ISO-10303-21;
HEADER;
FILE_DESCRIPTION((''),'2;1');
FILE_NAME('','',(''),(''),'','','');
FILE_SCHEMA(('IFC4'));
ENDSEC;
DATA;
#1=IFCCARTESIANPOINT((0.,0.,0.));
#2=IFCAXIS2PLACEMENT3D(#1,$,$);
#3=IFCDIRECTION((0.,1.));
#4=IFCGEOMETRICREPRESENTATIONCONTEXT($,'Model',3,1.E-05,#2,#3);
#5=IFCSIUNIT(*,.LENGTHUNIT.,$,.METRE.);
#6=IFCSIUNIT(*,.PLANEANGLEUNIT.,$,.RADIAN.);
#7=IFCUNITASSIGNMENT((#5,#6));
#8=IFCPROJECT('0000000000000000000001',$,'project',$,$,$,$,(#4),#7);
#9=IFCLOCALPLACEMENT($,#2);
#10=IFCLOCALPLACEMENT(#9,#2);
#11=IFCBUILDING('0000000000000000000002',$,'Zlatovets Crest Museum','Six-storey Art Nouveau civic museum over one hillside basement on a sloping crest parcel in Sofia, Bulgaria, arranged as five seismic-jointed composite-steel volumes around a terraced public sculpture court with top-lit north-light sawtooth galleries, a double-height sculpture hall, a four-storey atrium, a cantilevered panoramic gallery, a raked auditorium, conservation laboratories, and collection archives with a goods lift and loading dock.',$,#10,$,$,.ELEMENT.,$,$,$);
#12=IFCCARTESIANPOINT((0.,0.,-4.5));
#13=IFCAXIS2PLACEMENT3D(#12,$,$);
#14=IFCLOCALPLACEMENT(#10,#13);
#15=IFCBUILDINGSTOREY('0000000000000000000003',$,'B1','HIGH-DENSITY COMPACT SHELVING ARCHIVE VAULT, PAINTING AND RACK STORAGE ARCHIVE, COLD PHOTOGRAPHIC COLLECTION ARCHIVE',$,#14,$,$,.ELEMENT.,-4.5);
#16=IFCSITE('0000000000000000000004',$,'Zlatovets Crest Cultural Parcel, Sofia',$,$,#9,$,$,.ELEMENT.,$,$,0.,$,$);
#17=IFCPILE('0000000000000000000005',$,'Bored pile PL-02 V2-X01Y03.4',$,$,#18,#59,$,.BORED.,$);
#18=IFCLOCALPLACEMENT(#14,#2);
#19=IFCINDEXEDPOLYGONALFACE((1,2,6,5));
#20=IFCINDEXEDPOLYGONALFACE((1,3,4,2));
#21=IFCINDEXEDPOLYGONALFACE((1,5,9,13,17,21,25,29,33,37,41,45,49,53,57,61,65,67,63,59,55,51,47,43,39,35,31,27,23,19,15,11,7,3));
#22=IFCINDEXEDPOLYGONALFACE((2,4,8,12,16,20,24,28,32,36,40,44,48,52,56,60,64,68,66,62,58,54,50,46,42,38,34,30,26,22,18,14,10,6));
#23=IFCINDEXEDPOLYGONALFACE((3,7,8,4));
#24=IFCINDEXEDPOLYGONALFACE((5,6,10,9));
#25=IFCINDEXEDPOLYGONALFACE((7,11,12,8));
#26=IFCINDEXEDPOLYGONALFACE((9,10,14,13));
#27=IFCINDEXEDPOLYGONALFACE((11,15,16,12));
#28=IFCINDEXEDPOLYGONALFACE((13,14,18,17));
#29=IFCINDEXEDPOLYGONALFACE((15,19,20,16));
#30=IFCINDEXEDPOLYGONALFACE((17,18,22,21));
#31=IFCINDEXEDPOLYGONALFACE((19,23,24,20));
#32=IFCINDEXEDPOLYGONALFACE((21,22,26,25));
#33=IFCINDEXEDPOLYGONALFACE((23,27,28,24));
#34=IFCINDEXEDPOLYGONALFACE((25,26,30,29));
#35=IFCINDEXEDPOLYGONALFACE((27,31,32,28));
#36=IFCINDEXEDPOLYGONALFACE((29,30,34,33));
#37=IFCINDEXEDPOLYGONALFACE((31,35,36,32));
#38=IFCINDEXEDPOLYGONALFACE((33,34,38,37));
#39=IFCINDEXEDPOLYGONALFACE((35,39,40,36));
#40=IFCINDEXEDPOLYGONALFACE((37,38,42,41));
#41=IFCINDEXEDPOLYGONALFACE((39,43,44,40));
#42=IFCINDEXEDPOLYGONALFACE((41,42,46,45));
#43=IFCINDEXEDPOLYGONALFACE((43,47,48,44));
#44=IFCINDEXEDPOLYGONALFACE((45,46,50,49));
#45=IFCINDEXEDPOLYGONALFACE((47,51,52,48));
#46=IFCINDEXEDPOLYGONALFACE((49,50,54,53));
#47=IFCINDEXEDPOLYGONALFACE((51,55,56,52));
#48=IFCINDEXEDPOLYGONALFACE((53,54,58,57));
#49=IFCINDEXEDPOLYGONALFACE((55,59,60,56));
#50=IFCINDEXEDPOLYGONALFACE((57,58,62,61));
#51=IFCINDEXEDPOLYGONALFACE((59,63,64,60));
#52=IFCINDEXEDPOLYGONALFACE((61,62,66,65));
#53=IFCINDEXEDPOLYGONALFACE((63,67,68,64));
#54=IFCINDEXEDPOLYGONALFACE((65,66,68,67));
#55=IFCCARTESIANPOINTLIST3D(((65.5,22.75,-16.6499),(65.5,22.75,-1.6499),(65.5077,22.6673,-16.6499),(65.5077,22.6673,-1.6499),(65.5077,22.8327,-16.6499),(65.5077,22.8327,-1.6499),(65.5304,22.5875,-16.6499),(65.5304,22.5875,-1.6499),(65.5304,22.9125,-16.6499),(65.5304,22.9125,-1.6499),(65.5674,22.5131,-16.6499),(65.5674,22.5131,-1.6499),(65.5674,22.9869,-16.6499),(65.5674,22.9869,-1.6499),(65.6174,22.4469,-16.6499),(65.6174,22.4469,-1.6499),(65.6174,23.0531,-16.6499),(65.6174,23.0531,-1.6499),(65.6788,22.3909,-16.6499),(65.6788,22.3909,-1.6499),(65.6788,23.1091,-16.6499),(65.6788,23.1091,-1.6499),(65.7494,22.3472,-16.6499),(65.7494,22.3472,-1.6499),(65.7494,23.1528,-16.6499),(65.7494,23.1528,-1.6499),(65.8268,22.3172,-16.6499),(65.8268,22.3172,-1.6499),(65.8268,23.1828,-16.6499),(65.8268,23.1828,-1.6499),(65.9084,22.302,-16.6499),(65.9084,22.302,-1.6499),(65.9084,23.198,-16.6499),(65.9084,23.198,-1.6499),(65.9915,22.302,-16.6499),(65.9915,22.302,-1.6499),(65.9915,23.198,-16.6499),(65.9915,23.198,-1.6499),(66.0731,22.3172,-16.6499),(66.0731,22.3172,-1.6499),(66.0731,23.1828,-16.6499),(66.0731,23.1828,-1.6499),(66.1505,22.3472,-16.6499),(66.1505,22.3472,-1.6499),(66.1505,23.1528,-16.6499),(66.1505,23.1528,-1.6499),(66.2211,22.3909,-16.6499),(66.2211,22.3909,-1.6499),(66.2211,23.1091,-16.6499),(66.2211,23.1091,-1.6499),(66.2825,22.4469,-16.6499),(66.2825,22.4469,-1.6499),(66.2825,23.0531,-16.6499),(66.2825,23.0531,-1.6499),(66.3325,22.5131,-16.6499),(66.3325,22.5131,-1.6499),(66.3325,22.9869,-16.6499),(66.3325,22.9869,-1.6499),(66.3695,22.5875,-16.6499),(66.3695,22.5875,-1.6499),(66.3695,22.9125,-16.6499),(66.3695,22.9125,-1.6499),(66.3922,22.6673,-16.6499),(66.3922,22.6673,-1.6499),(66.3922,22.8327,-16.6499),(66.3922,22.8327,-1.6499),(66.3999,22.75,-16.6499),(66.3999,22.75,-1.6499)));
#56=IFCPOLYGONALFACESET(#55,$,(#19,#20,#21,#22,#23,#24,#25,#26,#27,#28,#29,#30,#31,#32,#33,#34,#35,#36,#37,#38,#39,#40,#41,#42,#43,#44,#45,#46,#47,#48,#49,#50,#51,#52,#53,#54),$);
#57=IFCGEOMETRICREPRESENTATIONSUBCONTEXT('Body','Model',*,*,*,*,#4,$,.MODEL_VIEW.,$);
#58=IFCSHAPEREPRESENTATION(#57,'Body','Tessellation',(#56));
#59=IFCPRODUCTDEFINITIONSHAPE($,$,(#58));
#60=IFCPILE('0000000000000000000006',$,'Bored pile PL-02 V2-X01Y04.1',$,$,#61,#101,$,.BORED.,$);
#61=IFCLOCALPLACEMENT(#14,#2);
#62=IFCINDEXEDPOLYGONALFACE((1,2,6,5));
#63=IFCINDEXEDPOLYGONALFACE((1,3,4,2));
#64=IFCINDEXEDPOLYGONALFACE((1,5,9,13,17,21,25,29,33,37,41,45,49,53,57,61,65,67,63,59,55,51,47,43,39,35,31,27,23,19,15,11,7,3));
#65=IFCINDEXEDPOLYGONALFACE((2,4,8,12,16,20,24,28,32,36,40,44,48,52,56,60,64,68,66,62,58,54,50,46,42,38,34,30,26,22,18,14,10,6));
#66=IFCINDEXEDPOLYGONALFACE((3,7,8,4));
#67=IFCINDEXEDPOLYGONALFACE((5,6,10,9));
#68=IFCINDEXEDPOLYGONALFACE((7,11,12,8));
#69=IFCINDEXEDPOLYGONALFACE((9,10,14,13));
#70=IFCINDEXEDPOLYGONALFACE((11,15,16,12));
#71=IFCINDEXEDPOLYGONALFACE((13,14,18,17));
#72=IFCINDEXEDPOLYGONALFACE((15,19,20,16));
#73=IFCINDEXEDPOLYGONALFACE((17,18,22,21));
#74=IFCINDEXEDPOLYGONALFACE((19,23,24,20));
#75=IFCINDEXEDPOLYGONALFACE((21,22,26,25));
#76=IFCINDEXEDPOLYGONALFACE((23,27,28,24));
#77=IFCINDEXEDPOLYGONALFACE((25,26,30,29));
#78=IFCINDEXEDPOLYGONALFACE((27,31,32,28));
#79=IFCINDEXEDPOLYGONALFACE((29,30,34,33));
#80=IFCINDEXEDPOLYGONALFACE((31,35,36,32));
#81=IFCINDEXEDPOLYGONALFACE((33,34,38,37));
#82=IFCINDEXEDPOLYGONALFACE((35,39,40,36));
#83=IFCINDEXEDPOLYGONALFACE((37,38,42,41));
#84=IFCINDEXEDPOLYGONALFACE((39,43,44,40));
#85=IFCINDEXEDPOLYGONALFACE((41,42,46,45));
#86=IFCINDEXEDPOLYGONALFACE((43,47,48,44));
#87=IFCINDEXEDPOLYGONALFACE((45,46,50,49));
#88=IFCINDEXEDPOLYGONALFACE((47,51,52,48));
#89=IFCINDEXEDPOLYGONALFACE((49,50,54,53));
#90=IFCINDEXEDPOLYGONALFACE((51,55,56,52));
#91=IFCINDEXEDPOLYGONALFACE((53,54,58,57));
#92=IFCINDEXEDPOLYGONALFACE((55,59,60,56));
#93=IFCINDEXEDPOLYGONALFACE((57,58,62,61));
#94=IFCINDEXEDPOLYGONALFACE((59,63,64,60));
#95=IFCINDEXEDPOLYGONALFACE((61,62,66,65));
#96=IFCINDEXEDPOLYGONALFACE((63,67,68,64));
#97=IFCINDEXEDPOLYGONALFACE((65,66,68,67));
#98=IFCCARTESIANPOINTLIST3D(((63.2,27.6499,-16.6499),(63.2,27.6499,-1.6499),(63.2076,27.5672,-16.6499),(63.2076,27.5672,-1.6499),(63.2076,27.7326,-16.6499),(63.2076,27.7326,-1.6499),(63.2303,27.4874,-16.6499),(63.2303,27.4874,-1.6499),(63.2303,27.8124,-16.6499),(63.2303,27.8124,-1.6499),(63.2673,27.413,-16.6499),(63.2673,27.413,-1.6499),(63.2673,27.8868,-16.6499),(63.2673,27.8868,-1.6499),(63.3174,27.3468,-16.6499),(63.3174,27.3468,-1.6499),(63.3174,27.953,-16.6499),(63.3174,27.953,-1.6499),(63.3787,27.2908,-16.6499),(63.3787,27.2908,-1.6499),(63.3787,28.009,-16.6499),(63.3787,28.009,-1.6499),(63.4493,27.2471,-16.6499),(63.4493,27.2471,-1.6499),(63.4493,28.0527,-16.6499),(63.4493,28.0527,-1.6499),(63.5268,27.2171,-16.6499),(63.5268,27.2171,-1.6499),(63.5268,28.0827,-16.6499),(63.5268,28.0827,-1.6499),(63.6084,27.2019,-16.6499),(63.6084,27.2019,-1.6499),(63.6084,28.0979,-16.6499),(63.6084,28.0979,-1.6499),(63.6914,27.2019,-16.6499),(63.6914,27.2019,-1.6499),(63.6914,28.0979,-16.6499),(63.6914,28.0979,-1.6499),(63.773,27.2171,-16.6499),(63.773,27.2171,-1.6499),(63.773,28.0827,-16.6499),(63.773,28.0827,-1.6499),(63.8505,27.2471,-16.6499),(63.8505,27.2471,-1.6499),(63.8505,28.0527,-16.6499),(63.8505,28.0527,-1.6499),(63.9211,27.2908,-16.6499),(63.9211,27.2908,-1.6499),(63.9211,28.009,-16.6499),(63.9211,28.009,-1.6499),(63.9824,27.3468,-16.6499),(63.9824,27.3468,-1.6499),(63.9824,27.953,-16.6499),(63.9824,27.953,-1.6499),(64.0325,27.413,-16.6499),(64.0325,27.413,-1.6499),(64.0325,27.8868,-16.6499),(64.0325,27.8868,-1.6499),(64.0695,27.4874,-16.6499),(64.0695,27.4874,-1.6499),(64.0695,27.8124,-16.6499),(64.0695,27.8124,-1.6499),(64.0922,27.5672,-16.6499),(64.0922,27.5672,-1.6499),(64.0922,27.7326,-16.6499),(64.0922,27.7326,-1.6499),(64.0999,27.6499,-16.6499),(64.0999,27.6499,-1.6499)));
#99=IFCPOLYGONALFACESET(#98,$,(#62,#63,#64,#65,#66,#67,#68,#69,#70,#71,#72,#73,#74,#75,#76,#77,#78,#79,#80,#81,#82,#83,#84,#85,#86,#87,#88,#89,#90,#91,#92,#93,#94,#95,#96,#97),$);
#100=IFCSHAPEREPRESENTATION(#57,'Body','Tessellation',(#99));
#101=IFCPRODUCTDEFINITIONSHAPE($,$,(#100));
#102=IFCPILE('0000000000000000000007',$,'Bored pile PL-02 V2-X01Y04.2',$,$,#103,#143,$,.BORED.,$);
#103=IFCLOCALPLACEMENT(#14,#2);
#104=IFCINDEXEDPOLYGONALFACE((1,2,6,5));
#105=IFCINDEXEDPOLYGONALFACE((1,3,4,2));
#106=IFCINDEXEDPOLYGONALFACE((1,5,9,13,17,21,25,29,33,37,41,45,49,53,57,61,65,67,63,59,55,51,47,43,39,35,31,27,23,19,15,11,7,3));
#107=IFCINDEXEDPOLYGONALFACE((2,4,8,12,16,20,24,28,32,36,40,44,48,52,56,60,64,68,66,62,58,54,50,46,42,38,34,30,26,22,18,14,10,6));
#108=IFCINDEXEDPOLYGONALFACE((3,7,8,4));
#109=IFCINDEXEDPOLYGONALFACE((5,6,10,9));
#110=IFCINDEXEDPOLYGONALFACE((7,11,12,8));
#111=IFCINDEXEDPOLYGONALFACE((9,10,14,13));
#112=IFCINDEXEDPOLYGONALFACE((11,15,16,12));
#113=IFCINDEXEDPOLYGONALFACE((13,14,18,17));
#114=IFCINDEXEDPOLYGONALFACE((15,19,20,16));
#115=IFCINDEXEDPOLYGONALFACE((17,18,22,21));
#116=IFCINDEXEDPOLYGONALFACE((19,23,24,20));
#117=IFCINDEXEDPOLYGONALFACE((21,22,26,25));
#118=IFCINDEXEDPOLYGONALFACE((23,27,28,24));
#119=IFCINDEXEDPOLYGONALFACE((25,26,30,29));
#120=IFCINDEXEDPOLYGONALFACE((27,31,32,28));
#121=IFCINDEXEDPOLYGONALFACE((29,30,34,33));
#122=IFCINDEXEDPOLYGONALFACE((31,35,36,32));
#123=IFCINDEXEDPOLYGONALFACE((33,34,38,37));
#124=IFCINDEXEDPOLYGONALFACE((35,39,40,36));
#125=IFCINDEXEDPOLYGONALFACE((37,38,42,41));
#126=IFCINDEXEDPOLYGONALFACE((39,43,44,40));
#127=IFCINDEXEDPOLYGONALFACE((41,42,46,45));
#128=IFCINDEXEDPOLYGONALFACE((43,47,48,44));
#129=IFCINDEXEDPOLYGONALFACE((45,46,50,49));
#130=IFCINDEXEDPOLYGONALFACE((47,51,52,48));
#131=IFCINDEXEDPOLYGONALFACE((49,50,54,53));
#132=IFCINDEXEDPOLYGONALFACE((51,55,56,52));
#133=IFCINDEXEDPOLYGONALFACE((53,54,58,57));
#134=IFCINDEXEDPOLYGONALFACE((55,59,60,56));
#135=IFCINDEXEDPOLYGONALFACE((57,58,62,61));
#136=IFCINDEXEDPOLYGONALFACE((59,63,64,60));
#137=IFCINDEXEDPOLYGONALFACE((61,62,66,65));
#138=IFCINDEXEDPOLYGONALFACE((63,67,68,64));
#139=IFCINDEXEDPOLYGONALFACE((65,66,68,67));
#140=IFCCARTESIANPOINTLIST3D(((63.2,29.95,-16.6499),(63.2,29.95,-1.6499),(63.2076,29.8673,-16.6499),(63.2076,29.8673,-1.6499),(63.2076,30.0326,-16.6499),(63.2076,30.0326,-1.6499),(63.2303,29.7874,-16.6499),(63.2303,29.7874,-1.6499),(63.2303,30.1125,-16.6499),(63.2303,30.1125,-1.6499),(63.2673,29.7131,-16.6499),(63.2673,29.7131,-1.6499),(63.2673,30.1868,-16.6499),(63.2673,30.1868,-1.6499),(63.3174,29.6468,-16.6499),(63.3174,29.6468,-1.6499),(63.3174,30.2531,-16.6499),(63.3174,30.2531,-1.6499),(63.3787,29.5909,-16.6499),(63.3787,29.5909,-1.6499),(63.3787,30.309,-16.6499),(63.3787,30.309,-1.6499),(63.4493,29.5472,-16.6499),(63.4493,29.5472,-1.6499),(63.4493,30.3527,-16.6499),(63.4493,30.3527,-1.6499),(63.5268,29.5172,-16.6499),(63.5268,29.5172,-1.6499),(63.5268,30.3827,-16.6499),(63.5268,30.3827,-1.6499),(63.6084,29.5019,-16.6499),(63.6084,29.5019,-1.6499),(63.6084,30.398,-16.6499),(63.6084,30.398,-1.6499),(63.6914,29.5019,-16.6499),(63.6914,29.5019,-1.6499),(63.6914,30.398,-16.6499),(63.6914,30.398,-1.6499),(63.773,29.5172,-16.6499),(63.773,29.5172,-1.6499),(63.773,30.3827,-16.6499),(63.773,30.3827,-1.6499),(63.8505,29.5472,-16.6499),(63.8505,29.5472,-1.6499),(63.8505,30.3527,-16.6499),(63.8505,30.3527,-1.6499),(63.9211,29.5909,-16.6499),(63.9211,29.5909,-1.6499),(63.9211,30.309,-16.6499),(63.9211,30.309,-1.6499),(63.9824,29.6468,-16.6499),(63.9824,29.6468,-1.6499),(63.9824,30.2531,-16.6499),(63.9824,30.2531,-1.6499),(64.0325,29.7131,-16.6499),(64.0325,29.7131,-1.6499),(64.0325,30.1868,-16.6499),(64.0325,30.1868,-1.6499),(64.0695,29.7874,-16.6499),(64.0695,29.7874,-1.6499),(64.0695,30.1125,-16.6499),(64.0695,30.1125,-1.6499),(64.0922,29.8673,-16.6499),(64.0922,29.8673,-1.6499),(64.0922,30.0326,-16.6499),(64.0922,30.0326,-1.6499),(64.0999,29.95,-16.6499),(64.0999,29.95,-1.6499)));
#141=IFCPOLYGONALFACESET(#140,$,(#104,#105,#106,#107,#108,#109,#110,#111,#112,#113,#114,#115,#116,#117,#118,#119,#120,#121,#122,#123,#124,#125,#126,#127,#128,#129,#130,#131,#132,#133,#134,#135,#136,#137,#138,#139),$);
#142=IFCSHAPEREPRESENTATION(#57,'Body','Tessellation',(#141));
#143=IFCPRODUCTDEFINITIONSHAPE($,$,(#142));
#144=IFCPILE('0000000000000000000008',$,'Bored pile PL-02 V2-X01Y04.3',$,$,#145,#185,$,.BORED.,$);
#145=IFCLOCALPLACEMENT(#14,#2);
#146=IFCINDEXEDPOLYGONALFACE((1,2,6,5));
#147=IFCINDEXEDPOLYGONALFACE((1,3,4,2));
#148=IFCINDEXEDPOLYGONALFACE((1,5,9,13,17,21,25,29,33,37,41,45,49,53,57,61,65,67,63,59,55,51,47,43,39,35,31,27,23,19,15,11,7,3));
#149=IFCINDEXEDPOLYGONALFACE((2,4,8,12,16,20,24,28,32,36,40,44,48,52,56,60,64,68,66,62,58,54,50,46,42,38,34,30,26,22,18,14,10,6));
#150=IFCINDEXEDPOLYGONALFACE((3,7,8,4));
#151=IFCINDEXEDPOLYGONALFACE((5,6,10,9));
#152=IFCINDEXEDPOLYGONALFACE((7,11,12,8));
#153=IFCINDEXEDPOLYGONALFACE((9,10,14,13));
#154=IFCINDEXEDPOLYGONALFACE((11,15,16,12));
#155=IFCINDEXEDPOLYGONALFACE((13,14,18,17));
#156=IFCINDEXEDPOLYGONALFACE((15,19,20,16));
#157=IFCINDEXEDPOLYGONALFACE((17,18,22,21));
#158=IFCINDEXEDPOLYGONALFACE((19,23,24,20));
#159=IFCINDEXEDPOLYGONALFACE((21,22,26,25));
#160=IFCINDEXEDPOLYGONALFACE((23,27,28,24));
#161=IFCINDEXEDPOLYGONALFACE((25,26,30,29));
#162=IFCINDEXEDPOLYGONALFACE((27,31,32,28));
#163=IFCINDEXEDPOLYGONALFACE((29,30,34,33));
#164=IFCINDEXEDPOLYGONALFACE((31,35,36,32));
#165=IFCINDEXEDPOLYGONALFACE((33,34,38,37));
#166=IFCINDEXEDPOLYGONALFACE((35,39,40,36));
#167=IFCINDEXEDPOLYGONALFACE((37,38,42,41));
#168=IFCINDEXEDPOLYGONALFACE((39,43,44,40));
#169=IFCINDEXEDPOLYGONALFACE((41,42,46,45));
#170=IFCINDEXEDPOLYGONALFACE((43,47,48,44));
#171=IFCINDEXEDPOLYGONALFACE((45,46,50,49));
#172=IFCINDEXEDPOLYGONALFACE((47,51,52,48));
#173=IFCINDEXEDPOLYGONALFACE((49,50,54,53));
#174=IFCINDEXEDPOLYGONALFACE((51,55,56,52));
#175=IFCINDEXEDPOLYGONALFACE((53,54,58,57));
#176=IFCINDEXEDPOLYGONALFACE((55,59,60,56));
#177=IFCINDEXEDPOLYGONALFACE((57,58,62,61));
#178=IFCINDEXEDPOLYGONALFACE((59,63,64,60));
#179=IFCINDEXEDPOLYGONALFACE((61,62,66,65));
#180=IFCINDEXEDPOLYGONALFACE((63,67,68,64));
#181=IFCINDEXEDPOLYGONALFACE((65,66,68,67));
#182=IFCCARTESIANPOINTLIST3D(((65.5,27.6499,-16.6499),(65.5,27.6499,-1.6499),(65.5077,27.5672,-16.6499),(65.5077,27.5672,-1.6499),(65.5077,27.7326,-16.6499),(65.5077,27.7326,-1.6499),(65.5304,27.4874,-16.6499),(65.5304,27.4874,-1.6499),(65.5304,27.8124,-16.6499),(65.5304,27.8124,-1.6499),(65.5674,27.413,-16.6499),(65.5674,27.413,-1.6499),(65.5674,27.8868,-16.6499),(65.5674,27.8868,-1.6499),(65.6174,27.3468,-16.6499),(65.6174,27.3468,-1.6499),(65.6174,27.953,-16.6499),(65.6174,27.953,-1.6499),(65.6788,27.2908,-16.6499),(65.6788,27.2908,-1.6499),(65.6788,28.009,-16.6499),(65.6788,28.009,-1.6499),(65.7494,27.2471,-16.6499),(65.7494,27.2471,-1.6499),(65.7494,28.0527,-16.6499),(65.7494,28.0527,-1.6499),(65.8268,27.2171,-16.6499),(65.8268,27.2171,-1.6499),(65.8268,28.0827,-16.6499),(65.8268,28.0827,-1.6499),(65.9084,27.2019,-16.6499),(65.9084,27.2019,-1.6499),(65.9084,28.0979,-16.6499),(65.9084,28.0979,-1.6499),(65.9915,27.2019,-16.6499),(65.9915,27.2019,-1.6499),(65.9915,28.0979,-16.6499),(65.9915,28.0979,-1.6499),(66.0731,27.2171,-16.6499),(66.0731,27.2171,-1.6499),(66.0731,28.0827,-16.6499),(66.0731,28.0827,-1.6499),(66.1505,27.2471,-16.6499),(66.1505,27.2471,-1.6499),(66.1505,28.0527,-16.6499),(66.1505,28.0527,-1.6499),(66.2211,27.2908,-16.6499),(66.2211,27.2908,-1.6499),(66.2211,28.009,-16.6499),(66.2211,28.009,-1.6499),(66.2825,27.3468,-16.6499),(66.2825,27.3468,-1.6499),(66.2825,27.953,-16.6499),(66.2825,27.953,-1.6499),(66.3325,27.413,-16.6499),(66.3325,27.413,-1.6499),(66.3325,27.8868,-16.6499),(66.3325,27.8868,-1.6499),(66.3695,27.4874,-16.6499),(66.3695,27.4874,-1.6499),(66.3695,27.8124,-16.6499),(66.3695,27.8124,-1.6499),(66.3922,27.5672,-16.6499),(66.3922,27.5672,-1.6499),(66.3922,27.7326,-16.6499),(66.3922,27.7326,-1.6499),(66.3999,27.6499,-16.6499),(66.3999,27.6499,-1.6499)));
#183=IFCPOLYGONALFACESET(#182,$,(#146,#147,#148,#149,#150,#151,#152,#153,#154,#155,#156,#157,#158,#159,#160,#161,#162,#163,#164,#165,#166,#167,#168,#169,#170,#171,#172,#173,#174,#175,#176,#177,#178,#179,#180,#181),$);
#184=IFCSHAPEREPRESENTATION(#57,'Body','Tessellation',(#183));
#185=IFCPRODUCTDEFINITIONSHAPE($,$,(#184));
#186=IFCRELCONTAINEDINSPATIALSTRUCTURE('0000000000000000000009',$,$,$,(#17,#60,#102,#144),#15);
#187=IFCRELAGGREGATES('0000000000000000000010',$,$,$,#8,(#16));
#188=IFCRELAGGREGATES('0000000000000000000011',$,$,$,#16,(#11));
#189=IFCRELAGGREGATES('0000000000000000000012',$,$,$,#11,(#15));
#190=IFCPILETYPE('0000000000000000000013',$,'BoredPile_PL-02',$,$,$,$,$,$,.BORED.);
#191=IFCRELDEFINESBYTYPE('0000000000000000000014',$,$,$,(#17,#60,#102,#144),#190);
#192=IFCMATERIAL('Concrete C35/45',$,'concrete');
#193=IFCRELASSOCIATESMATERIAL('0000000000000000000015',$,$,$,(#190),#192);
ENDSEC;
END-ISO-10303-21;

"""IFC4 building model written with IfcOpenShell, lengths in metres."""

from ifc_helpers import new_model, si_unit, direction, frame, origin, origin_2d, place, context, subcontext, project, spatial, circle, extrude, material, material_profile, profile_set, type_object, element, save


model = new_model("IFC4")

# Units and contexts
model_context = context("Model", 3, precision=1e-05, world=origin(), true_north=direction((0.0, 1.0)))
body_context = subcontext(model_context, "Body", "Model", "MODEL_VIEW")
ifc_project = project(units=[si_unit("LENGTHUNIT", "METRE"), si_unit("PLANEANGLEUNIT", "RADIAN")], contexts=[model_context])

# Site, building, storey
site_placement = place(None, origin())
site = spatial("IfcSite", under=ifc_project, at=site_placement, Name="Zlatovets Crest Cultural Parcel, Sofia", CompositionType="ELEMENT", RefElevation=0.0)
building_placement = place(site_placement, origin())
building = spatial("IfcBuilding", under=site, at=building_placement, Name="Zlatovets Crest Museum", Description="Six-storey Art Nouveau civic museum over one hillside basement on a sloping crest parcel in Sofia, Bulgaria, arranged as five seismic-jointed composite-steel volumes around a terraced public sculpture court with top-lit north-light sawtooth galleries, a double-height sculpture hall, a four-storey atrium, a cantilevered panoramic gallery, a raked auditorium, conservation laboratories, and collection archives with a goods lift and loading dock.", CompositionType="ELEMENT")
storey_placement = place(building_placement, frame((0.0, 0.0, -4.5)))
storey = spatial("IfcBuildingStorey", under=building, at=storey_placement, Name="B1", Description="HIGH-DENSITY COMPACT SHELVING ARCHIVE VAULT, PAINTING AND RACK STORAGE ARCHIVE, COLD PHOTOGRAPHIC COLLECTION ARCHIVE", CompositionType="ELEMENT", Elevation=-4.5)

# Piles
ifc_material_1 = material(Name="Concrete C35/45", Category="concrete")
ifc_material_profile_1 = material_profile(ifc_material_1, circle(Radius=0.45, at=origin_2d()), Name="PILE D900")
ifc_profile_set_1 = profile_set([ifc_material_profile_1], Name="Concrete C35/45")
pile_type_1 = type_object("IfcPileType", Name="BoredPile_PL-02", PredefinedType="BORED", material=ifc_profile_set_1)
for number, where, z_axis, x_axis, name in (
    (1, (65.95, 22.75, -1.6499), (0.0, 0.0, -1.0), (1.0, 0.0, 0.0), "Bored pile PL-02 V2-X01Y03.4"),
    (2, (63.6499, 27.6499, -1.6499), (0.0, 0.0, -1.0), (1.0, 0.0, 0.0), "Bored pile PL-02 V2-X01Y04.1"),
    (3, (63.6499, 29.95, -1.6499), (0.0, 0.0, -1.0), (1.0, 0.0, 0.0), "Bored pile PL-02 V2-X01Y04.2"),
    (4, (65.95, 27.6499, -1.6499), (0.0, 0.0, -1.0), (1.0, 0.0, 0.0), "Bored pile PL-02 V2-X01Y04.3"),
):
    element("IfcPile", number, at=place(storey_placement, frame(where, z_axis=z_axis, x_axis=x_axis)), inside=storey, type_object=pile_type_1, Name=name, PredefinedType="BORED", context=body_context, shape_type="SweptSolid", body=[
        extrude(circle(Radius=0.45, at=origin_2d()), origin(), (0.0, 0.0, 1.0), 15.0),
    ])

save(model, "model.ifc")
